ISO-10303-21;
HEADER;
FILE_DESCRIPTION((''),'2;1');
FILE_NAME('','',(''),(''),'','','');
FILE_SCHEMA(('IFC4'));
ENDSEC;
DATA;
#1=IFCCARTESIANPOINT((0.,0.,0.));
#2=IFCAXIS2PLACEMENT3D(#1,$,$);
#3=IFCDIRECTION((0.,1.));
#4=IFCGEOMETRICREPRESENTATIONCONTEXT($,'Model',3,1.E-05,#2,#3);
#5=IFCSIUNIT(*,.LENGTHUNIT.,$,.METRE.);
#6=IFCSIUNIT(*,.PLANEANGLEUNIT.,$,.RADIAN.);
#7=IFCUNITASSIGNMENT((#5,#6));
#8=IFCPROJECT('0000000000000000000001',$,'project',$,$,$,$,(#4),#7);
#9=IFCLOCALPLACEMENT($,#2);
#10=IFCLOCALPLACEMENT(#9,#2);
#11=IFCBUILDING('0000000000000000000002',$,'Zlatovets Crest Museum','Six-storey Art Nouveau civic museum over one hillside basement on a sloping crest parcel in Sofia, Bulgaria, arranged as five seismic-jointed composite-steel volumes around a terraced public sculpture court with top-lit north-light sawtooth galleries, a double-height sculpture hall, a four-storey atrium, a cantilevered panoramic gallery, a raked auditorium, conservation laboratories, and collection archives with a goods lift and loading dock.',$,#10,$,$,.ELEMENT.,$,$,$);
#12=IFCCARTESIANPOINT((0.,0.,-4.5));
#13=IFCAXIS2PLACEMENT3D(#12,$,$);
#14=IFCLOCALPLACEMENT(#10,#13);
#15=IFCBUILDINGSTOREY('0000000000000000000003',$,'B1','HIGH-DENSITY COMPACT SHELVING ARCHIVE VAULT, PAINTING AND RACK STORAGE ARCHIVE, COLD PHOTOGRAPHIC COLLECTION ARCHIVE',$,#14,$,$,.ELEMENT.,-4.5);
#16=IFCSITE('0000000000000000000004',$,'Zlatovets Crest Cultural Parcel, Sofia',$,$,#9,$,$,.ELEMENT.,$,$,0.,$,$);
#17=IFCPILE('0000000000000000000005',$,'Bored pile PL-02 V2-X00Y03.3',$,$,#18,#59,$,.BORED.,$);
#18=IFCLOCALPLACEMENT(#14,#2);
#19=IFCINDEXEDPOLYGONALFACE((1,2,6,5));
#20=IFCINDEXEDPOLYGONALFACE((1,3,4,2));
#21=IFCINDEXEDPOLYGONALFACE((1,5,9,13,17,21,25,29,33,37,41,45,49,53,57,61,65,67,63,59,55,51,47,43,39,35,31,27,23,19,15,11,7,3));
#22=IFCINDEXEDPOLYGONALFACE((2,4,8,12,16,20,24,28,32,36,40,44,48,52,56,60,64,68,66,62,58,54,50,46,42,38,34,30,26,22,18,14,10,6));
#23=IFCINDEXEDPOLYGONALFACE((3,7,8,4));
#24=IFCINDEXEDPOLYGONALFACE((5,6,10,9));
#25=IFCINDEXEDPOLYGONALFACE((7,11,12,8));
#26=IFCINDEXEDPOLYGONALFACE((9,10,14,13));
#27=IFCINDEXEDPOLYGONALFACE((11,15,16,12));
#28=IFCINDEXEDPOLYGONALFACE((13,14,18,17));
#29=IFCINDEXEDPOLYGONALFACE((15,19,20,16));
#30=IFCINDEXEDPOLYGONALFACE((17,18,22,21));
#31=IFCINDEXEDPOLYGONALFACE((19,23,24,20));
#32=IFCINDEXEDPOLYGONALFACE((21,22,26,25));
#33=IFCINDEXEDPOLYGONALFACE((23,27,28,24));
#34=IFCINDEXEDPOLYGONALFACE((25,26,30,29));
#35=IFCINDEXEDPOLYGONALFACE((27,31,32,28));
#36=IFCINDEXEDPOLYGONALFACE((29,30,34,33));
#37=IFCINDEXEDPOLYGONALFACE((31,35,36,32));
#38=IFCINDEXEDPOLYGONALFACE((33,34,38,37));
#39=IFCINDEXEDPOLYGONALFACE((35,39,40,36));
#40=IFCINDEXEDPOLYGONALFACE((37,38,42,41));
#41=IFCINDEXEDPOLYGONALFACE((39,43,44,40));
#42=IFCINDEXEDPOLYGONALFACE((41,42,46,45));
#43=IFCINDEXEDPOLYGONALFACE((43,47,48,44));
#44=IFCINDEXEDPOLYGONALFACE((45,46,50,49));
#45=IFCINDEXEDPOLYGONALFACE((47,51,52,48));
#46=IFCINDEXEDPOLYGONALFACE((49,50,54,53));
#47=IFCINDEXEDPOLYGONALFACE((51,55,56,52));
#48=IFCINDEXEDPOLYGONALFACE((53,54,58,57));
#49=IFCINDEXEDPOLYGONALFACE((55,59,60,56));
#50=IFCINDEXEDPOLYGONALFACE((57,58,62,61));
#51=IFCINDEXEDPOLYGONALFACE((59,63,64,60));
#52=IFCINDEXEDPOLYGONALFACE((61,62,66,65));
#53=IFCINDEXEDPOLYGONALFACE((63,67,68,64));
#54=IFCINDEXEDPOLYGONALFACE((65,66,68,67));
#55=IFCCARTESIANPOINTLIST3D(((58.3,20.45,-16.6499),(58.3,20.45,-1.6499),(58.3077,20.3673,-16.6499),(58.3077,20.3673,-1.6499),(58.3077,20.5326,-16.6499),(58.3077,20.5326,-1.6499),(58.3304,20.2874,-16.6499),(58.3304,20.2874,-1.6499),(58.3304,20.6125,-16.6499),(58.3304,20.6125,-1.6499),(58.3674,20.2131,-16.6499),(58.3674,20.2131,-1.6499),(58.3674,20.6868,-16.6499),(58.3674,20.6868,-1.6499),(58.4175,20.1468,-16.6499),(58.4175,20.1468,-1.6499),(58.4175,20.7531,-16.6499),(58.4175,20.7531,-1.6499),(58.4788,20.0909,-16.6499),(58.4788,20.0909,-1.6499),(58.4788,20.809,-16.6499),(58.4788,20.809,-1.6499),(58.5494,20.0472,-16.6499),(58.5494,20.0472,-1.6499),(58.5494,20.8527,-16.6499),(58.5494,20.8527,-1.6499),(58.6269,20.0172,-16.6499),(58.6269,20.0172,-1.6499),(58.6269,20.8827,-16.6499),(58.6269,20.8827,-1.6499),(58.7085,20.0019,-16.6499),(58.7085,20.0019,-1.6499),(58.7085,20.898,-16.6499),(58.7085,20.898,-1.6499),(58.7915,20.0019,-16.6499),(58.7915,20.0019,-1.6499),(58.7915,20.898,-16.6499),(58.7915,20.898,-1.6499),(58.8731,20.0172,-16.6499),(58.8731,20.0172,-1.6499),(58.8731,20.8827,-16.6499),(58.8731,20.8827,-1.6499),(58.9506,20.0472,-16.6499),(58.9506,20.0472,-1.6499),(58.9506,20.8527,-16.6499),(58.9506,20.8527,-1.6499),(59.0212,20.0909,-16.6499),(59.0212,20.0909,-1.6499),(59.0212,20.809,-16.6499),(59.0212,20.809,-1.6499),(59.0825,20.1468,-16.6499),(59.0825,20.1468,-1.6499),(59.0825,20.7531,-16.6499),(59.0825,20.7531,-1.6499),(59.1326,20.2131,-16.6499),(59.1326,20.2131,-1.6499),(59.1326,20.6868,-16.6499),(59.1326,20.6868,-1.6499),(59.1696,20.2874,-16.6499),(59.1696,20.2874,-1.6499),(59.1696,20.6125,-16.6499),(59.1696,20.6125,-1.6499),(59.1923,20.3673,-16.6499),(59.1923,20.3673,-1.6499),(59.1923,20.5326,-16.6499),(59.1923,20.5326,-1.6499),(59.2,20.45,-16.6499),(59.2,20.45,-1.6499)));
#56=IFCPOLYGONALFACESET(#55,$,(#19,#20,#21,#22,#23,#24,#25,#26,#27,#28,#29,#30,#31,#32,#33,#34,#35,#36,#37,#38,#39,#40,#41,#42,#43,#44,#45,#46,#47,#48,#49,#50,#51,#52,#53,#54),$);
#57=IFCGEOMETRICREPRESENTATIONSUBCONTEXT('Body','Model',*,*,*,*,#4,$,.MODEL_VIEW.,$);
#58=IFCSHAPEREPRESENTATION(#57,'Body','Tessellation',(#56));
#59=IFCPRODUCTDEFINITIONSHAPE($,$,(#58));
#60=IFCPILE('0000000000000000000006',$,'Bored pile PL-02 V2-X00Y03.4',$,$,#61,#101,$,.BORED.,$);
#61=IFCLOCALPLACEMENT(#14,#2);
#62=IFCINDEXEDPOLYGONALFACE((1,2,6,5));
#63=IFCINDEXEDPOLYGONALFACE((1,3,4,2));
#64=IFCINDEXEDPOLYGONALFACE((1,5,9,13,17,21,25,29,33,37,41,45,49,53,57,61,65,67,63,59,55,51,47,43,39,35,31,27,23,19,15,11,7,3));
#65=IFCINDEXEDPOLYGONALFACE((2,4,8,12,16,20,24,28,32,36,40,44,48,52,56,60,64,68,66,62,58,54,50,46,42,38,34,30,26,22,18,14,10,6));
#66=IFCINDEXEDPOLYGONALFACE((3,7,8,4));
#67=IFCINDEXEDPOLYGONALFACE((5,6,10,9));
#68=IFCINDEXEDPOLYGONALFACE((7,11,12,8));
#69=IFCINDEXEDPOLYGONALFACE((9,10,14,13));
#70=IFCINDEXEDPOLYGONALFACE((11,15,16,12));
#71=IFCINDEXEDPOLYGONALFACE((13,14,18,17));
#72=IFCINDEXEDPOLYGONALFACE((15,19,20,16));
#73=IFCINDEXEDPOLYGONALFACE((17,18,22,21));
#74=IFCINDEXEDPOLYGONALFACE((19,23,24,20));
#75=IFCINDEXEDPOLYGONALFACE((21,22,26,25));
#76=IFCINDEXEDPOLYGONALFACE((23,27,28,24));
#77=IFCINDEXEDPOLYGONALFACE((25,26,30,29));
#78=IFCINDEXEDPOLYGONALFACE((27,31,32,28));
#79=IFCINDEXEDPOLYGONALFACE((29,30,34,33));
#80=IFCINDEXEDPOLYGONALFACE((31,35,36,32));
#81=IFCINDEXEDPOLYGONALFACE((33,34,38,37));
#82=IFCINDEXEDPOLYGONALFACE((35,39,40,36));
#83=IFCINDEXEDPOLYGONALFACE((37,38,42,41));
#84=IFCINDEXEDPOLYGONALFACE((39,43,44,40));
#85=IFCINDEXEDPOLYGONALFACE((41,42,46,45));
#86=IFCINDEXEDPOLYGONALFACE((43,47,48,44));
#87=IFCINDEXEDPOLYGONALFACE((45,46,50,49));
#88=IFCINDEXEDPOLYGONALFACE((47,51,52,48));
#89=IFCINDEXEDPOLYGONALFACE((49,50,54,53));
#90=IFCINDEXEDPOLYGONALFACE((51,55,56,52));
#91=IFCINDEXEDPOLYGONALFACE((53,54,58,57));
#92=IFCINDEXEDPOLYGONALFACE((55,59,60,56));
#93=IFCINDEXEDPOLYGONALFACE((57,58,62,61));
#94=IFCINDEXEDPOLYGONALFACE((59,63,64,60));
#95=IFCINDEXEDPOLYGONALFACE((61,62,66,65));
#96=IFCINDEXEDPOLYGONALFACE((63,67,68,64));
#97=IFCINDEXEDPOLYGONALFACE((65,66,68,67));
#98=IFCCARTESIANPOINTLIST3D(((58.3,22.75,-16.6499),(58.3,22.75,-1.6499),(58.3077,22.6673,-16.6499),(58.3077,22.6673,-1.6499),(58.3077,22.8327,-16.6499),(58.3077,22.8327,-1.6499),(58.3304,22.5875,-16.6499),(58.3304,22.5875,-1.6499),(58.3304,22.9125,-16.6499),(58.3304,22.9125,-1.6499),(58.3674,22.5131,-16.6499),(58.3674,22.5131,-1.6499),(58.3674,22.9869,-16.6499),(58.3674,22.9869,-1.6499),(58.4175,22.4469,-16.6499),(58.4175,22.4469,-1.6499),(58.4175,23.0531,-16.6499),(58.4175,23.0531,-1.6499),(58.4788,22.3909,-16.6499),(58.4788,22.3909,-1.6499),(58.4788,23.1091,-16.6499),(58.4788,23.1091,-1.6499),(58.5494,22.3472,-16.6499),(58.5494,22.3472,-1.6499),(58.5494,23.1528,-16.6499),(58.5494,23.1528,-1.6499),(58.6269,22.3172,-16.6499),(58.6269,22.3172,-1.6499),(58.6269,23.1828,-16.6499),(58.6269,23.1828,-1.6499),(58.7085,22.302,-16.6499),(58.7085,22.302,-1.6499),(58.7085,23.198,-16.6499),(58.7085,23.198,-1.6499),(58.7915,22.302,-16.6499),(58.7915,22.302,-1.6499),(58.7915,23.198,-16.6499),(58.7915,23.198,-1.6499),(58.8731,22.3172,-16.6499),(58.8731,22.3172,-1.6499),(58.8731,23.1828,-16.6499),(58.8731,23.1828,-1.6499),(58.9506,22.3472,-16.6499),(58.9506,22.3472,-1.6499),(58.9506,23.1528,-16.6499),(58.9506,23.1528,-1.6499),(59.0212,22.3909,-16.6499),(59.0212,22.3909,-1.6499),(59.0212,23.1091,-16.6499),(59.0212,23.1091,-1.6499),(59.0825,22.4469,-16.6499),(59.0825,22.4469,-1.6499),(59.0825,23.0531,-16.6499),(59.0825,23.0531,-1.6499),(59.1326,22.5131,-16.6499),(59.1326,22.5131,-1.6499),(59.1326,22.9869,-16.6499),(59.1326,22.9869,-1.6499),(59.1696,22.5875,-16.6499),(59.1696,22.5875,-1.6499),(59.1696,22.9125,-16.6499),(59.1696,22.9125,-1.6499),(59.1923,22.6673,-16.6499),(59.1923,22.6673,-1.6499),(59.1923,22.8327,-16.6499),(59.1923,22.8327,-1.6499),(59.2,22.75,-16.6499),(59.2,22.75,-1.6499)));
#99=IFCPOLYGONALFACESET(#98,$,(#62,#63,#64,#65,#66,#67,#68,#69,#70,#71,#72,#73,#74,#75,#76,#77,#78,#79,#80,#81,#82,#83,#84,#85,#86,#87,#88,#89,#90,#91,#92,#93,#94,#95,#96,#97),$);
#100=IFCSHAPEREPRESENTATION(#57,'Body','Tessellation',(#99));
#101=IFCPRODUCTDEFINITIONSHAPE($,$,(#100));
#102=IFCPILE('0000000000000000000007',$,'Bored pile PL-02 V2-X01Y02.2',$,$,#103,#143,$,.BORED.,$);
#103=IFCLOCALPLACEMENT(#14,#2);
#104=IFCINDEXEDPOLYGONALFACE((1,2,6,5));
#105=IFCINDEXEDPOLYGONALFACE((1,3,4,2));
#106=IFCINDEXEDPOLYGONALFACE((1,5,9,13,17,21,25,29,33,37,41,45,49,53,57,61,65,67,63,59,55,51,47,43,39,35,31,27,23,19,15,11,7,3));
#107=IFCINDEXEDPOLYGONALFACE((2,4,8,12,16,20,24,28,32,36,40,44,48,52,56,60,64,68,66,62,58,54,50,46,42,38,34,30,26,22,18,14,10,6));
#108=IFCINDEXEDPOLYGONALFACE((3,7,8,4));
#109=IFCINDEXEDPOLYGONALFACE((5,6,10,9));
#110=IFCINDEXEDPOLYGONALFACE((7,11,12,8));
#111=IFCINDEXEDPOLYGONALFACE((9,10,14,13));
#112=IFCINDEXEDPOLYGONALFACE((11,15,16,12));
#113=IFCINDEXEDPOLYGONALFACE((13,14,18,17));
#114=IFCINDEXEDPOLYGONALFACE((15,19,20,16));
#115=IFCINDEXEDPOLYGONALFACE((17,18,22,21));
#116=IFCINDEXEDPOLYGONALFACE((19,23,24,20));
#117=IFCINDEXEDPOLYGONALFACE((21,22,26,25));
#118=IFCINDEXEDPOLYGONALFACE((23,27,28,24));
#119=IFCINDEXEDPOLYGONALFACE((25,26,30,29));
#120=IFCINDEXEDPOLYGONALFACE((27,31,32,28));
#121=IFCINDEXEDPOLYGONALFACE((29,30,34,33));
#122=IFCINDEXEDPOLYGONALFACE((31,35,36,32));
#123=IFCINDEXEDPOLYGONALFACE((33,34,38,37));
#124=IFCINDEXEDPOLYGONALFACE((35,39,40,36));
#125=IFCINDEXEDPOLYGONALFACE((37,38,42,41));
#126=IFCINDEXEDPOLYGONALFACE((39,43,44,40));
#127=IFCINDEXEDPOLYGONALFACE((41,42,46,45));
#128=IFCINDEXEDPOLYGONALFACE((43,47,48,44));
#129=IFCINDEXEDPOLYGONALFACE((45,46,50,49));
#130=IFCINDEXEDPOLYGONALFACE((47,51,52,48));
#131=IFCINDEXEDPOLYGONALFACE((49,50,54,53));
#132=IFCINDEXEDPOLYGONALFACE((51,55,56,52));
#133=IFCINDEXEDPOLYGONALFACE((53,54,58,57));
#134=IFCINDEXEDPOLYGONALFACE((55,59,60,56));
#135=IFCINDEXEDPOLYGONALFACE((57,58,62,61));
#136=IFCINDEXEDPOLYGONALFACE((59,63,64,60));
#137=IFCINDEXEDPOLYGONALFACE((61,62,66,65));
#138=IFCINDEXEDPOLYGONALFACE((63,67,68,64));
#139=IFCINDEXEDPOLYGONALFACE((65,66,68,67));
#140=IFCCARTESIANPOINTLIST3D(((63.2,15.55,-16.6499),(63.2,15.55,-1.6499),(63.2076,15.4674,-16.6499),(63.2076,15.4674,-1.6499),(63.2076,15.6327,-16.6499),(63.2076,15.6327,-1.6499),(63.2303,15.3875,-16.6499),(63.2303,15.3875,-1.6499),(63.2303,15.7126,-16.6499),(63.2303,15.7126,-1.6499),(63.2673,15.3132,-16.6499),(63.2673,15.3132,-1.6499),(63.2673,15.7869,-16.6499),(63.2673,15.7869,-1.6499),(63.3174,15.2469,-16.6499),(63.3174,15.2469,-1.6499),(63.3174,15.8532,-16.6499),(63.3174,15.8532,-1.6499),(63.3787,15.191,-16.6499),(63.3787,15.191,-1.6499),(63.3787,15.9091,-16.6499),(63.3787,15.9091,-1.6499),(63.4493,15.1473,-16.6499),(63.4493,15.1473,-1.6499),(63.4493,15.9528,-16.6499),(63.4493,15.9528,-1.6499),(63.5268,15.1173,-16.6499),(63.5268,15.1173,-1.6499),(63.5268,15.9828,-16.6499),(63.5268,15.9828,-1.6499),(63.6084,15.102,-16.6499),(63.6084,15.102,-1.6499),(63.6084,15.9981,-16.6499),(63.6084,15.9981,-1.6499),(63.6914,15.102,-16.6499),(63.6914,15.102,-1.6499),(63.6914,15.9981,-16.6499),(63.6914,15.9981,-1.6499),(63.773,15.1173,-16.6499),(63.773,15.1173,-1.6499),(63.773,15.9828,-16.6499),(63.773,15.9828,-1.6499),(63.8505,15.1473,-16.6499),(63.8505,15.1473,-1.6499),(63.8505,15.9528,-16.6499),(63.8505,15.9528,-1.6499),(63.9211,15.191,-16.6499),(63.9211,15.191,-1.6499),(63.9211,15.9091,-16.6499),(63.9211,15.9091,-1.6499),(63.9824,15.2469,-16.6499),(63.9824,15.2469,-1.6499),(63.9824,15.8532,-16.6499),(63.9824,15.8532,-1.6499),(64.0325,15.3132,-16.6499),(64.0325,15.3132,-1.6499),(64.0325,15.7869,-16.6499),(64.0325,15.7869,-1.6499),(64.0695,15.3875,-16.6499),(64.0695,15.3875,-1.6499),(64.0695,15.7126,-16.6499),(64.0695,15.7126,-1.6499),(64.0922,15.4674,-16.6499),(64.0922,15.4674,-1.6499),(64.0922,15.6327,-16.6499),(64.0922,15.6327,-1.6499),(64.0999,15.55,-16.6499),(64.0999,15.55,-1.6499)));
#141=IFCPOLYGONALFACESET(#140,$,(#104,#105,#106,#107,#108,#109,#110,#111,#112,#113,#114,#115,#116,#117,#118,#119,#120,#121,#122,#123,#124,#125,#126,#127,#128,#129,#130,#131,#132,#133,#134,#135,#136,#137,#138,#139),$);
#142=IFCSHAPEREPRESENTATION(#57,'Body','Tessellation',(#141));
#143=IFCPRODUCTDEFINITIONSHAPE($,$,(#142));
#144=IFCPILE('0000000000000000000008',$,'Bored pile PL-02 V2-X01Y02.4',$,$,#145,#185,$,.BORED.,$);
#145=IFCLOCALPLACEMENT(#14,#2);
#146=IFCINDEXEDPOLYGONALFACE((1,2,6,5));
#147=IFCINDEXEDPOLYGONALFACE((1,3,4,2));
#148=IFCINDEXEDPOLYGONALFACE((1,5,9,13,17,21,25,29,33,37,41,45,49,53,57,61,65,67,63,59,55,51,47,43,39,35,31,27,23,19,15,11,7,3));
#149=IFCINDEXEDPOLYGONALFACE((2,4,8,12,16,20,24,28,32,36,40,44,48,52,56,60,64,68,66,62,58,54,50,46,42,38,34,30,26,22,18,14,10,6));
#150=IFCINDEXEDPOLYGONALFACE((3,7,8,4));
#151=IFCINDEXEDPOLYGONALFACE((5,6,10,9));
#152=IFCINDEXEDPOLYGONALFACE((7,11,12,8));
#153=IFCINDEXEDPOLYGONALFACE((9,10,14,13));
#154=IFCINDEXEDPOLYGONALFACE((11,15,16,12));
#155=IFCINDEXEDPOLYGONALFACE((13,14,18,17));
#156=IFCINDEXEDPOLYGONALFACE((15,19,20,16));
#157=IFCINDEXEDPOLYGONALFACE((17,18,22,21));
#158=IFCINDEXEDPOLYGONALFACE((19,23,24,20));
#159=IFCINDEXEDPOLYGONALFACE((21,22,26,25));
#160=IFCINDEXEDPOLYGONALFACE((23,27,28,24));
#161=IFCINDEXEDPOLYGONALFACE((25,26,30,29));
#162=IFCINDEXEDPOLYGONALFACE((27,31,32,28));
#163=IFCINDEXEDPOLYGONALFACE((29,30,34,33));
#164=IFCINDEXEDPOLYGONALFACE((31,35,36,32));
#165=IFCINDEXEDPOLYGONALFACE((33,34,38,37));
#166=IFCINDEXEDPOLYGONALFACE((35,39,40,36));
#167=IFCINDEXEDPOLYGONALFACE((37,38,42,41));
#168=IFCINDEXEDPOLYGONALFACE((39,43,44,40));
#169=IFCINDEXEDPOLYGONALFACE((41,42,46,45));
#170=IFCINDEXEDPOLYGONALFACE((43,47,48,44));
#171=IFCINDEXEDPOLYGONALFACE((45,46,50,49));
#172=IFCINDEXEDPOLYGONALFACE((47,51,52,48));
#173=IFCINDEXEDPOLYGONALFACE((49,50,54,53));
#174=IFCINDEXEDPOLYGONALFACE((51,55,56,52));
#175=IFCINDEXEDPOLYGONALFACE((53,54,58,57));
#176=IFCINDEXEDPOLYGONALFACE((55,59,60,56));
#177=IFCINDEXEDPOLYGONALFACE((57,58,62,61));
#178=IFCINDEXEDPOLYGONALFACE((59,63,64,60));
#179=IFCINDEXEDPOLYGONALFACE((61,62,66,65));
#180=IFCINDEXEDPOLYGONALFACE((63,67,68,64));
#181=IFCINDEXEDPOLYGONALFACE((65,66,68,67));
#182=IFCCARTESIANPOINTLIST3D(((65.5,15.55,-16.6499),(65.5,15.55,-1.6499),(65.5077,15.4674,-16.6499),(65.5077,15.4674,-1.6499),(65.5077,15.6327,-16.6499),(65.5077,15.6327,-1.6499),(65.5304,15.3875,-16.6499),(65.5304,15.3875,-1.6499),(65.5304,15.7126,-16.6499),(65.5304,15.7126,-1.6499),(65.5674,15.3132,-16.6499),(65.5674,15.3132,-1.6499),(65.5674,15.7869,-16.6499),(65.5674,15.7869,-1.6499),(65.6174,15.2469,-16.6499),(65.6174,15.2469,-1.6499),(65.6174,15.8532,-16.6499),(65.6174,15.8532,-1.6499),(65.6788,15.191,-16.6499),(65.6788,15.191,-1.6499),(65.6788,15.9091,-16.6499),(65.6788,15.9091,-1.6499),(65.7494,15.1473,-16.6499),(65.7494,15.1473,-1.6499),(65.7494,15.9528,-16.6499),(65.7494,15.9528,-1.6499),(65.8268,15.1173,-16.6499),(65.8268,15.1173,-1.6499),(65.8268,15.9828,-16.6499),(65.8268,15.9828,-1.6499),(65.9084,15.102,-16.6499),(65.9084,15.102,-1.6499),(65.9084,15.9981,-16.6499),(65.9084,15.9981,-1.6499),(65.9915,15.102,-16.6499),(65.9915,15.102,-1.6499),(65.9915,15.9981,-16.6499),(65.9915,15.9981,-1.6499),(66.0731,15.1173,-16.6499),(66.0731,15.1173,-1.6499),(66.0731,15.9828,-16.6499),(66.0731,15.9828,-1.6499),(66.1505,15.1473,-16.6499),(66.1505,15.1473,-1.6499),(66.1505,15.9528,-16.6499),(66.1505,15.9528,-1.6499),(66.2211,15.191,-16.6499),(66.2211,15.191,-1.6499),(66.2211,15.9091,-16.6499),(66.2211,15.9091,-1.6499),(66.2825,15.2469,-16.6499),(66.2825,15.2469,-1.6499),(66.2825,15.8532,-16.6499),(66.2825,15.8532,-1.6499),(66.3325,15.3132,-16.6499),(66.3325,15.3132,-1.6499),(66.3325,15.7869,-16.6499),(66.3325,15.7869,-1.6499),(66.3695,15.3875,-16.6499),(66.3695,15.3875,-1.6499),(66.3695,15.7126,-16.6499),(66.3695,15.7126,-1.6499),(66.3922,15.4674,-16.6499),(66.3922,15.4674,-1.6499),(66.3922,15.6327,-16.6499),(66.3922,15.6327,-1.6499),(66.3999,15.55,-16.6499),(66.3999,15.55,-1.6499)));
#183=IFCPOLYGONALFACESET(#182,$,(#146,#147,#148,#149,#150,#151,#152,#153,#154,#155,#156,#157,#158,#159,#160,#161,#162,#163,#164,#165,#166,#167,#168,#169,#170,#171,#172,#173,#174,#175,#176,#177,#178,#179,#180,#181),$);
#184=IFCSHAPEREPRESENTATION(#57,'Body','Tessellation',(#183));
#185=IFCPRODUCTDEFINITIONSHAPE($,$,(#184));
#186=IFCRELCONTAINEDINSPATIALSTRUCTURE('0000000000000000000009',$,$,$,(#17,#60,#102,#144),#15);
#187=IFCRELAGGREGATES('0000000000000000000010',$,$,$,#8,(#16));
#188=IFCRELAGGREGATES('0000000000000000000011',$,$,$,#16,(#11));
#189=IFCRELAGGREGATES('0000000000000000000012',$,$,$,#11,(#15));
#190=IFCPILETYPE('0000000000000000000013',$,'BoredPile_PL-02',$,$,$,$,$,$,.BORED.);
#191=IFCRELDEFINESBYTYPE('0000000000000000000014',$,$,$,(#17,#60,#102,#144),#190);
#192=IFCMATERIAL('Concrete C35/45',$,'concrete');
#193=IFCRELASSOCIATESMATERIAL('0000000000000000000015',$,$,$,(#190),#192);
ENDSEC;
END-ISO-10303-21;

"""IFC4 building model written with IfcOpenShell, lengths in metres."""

from ifc_helpers import new_model, si_unit, direction, frame, origin, origin_2d, place, context, subcontext, project, spatial, circle, extrude, material, material_profile, profile_set, type_object, element, save


model = new_model("IFC4")

# Units and contexts
model_context = context("Model", 3, precision=1e-05, world=origin(), true_north=direction((0.0, 1.0)))
body_context = subcontext(model_context, "Body", "Model", "MODEL_VIEW")
ifc_project = project(units=[si_unit("LENGTHUNIT", "METRE"), si_unit("PLANEANGLEUNIT", "RADIAN")], contexts=[model_context])

# Site, building, storey
site_placement = place(None, origin())
site = spatial("IfcSite", under=ifc_project, at=site_placement, Name="Zlatovets Crest Cultural Parcel, Sofia", CompositionType="ELEMENT", RefElevation=0.0)
building_placement = place(site_placement, origin())
building = spatial("IfcBuilding", under=site, at=building_placement, Name="Zlatovets Crest Museum", Description="Six-storey Art Nouveau civic museum over one hillside basement on a sloping crest parcel in Sofia, Bulgaria, arranged as five seismic-jointed composite-steel volumes around a terraced public sculpture court with top-lit north-light sawtooth galleries, a double-height sculpture hall, a four-storey atrium, a cantilevered panoramic gallery, a raked auditorium, conservation laboratories, and collection archives with a goods lift and loading dock.", CompositionType="ELEMENT")
storey_placement = place(building_placement, frame((0.0, 0.0, -4.5)))
storey = spatial("IfcBuildingStorey", under=building, at=storey_placement, Name="B1", Description="HIGH-DENSITY COMPACT SHELVING ARCHIVE VAULT, PAINTING AND RACK STORAGE ARCHIVE, COLD PHOTOGRAPHIC COLLECTION ARCHIVE", CompositionType="ELEMENT", Elevation=-4.5)

# Piles
ifc_material_1 = material(Name="Concrete C35/45", Category="concrete")
ifc_material_profile_1 = material_profile(ifc_material_1, circle(Radius=0.45, at=origin_2d()), Name="PILE D900")
ifc_profile_set_1 = profile_set([ifc_material_profile_1], Name="Concrete C35/45")
pile_type = type_object("IfcPileType", Name="BoredPile_PL-02", PredefinedType="BORED", material=ifc_profile_set_1)
for number, where, z_axis, x_axis, name in (
    (1, (58.75, 20.45, -1.6499), (0.0, 0.0, -1.0), (1.0, 0.0, 0.0), "Bored pile PL-02 V2-X00Y03.3"),
    (2, (58.75, 22.75, -1.6499), (0.0, 0.0, -1.0), (1.0, 0.0, 0.0), "Bored pile PL-02 V2-X00Y03.4"),
    (3, (63.6499, 15.55, -1.6499), (0.0, 0.0, -1.0), (1.0, 0.0, 0.0), "Bored pile PL-02 V2-X01Y02.2"),
    (4, (65.95, 15.55, -1.6499), (0.0, 0.0, -1.0), (1.0, 0.0, 0.0), "Bored pile PL-02 V2-X01Y02.4"),
):
    element("IfcPile", number, at=place(storey_placement, frame(where, z_axis=z_axis, x_axis=x_axis)), inside=storey, type_object=pile_type, Name=name, PredefinedType="BORED", context=body_context, shape_type="SweptSolid", body=[
        extrude(circle(Radius=0.45, at=origin_2d()), origin(), (0.0, 0.0, 1.0), 15.0),
    ])

save(model, "model.ifc")
